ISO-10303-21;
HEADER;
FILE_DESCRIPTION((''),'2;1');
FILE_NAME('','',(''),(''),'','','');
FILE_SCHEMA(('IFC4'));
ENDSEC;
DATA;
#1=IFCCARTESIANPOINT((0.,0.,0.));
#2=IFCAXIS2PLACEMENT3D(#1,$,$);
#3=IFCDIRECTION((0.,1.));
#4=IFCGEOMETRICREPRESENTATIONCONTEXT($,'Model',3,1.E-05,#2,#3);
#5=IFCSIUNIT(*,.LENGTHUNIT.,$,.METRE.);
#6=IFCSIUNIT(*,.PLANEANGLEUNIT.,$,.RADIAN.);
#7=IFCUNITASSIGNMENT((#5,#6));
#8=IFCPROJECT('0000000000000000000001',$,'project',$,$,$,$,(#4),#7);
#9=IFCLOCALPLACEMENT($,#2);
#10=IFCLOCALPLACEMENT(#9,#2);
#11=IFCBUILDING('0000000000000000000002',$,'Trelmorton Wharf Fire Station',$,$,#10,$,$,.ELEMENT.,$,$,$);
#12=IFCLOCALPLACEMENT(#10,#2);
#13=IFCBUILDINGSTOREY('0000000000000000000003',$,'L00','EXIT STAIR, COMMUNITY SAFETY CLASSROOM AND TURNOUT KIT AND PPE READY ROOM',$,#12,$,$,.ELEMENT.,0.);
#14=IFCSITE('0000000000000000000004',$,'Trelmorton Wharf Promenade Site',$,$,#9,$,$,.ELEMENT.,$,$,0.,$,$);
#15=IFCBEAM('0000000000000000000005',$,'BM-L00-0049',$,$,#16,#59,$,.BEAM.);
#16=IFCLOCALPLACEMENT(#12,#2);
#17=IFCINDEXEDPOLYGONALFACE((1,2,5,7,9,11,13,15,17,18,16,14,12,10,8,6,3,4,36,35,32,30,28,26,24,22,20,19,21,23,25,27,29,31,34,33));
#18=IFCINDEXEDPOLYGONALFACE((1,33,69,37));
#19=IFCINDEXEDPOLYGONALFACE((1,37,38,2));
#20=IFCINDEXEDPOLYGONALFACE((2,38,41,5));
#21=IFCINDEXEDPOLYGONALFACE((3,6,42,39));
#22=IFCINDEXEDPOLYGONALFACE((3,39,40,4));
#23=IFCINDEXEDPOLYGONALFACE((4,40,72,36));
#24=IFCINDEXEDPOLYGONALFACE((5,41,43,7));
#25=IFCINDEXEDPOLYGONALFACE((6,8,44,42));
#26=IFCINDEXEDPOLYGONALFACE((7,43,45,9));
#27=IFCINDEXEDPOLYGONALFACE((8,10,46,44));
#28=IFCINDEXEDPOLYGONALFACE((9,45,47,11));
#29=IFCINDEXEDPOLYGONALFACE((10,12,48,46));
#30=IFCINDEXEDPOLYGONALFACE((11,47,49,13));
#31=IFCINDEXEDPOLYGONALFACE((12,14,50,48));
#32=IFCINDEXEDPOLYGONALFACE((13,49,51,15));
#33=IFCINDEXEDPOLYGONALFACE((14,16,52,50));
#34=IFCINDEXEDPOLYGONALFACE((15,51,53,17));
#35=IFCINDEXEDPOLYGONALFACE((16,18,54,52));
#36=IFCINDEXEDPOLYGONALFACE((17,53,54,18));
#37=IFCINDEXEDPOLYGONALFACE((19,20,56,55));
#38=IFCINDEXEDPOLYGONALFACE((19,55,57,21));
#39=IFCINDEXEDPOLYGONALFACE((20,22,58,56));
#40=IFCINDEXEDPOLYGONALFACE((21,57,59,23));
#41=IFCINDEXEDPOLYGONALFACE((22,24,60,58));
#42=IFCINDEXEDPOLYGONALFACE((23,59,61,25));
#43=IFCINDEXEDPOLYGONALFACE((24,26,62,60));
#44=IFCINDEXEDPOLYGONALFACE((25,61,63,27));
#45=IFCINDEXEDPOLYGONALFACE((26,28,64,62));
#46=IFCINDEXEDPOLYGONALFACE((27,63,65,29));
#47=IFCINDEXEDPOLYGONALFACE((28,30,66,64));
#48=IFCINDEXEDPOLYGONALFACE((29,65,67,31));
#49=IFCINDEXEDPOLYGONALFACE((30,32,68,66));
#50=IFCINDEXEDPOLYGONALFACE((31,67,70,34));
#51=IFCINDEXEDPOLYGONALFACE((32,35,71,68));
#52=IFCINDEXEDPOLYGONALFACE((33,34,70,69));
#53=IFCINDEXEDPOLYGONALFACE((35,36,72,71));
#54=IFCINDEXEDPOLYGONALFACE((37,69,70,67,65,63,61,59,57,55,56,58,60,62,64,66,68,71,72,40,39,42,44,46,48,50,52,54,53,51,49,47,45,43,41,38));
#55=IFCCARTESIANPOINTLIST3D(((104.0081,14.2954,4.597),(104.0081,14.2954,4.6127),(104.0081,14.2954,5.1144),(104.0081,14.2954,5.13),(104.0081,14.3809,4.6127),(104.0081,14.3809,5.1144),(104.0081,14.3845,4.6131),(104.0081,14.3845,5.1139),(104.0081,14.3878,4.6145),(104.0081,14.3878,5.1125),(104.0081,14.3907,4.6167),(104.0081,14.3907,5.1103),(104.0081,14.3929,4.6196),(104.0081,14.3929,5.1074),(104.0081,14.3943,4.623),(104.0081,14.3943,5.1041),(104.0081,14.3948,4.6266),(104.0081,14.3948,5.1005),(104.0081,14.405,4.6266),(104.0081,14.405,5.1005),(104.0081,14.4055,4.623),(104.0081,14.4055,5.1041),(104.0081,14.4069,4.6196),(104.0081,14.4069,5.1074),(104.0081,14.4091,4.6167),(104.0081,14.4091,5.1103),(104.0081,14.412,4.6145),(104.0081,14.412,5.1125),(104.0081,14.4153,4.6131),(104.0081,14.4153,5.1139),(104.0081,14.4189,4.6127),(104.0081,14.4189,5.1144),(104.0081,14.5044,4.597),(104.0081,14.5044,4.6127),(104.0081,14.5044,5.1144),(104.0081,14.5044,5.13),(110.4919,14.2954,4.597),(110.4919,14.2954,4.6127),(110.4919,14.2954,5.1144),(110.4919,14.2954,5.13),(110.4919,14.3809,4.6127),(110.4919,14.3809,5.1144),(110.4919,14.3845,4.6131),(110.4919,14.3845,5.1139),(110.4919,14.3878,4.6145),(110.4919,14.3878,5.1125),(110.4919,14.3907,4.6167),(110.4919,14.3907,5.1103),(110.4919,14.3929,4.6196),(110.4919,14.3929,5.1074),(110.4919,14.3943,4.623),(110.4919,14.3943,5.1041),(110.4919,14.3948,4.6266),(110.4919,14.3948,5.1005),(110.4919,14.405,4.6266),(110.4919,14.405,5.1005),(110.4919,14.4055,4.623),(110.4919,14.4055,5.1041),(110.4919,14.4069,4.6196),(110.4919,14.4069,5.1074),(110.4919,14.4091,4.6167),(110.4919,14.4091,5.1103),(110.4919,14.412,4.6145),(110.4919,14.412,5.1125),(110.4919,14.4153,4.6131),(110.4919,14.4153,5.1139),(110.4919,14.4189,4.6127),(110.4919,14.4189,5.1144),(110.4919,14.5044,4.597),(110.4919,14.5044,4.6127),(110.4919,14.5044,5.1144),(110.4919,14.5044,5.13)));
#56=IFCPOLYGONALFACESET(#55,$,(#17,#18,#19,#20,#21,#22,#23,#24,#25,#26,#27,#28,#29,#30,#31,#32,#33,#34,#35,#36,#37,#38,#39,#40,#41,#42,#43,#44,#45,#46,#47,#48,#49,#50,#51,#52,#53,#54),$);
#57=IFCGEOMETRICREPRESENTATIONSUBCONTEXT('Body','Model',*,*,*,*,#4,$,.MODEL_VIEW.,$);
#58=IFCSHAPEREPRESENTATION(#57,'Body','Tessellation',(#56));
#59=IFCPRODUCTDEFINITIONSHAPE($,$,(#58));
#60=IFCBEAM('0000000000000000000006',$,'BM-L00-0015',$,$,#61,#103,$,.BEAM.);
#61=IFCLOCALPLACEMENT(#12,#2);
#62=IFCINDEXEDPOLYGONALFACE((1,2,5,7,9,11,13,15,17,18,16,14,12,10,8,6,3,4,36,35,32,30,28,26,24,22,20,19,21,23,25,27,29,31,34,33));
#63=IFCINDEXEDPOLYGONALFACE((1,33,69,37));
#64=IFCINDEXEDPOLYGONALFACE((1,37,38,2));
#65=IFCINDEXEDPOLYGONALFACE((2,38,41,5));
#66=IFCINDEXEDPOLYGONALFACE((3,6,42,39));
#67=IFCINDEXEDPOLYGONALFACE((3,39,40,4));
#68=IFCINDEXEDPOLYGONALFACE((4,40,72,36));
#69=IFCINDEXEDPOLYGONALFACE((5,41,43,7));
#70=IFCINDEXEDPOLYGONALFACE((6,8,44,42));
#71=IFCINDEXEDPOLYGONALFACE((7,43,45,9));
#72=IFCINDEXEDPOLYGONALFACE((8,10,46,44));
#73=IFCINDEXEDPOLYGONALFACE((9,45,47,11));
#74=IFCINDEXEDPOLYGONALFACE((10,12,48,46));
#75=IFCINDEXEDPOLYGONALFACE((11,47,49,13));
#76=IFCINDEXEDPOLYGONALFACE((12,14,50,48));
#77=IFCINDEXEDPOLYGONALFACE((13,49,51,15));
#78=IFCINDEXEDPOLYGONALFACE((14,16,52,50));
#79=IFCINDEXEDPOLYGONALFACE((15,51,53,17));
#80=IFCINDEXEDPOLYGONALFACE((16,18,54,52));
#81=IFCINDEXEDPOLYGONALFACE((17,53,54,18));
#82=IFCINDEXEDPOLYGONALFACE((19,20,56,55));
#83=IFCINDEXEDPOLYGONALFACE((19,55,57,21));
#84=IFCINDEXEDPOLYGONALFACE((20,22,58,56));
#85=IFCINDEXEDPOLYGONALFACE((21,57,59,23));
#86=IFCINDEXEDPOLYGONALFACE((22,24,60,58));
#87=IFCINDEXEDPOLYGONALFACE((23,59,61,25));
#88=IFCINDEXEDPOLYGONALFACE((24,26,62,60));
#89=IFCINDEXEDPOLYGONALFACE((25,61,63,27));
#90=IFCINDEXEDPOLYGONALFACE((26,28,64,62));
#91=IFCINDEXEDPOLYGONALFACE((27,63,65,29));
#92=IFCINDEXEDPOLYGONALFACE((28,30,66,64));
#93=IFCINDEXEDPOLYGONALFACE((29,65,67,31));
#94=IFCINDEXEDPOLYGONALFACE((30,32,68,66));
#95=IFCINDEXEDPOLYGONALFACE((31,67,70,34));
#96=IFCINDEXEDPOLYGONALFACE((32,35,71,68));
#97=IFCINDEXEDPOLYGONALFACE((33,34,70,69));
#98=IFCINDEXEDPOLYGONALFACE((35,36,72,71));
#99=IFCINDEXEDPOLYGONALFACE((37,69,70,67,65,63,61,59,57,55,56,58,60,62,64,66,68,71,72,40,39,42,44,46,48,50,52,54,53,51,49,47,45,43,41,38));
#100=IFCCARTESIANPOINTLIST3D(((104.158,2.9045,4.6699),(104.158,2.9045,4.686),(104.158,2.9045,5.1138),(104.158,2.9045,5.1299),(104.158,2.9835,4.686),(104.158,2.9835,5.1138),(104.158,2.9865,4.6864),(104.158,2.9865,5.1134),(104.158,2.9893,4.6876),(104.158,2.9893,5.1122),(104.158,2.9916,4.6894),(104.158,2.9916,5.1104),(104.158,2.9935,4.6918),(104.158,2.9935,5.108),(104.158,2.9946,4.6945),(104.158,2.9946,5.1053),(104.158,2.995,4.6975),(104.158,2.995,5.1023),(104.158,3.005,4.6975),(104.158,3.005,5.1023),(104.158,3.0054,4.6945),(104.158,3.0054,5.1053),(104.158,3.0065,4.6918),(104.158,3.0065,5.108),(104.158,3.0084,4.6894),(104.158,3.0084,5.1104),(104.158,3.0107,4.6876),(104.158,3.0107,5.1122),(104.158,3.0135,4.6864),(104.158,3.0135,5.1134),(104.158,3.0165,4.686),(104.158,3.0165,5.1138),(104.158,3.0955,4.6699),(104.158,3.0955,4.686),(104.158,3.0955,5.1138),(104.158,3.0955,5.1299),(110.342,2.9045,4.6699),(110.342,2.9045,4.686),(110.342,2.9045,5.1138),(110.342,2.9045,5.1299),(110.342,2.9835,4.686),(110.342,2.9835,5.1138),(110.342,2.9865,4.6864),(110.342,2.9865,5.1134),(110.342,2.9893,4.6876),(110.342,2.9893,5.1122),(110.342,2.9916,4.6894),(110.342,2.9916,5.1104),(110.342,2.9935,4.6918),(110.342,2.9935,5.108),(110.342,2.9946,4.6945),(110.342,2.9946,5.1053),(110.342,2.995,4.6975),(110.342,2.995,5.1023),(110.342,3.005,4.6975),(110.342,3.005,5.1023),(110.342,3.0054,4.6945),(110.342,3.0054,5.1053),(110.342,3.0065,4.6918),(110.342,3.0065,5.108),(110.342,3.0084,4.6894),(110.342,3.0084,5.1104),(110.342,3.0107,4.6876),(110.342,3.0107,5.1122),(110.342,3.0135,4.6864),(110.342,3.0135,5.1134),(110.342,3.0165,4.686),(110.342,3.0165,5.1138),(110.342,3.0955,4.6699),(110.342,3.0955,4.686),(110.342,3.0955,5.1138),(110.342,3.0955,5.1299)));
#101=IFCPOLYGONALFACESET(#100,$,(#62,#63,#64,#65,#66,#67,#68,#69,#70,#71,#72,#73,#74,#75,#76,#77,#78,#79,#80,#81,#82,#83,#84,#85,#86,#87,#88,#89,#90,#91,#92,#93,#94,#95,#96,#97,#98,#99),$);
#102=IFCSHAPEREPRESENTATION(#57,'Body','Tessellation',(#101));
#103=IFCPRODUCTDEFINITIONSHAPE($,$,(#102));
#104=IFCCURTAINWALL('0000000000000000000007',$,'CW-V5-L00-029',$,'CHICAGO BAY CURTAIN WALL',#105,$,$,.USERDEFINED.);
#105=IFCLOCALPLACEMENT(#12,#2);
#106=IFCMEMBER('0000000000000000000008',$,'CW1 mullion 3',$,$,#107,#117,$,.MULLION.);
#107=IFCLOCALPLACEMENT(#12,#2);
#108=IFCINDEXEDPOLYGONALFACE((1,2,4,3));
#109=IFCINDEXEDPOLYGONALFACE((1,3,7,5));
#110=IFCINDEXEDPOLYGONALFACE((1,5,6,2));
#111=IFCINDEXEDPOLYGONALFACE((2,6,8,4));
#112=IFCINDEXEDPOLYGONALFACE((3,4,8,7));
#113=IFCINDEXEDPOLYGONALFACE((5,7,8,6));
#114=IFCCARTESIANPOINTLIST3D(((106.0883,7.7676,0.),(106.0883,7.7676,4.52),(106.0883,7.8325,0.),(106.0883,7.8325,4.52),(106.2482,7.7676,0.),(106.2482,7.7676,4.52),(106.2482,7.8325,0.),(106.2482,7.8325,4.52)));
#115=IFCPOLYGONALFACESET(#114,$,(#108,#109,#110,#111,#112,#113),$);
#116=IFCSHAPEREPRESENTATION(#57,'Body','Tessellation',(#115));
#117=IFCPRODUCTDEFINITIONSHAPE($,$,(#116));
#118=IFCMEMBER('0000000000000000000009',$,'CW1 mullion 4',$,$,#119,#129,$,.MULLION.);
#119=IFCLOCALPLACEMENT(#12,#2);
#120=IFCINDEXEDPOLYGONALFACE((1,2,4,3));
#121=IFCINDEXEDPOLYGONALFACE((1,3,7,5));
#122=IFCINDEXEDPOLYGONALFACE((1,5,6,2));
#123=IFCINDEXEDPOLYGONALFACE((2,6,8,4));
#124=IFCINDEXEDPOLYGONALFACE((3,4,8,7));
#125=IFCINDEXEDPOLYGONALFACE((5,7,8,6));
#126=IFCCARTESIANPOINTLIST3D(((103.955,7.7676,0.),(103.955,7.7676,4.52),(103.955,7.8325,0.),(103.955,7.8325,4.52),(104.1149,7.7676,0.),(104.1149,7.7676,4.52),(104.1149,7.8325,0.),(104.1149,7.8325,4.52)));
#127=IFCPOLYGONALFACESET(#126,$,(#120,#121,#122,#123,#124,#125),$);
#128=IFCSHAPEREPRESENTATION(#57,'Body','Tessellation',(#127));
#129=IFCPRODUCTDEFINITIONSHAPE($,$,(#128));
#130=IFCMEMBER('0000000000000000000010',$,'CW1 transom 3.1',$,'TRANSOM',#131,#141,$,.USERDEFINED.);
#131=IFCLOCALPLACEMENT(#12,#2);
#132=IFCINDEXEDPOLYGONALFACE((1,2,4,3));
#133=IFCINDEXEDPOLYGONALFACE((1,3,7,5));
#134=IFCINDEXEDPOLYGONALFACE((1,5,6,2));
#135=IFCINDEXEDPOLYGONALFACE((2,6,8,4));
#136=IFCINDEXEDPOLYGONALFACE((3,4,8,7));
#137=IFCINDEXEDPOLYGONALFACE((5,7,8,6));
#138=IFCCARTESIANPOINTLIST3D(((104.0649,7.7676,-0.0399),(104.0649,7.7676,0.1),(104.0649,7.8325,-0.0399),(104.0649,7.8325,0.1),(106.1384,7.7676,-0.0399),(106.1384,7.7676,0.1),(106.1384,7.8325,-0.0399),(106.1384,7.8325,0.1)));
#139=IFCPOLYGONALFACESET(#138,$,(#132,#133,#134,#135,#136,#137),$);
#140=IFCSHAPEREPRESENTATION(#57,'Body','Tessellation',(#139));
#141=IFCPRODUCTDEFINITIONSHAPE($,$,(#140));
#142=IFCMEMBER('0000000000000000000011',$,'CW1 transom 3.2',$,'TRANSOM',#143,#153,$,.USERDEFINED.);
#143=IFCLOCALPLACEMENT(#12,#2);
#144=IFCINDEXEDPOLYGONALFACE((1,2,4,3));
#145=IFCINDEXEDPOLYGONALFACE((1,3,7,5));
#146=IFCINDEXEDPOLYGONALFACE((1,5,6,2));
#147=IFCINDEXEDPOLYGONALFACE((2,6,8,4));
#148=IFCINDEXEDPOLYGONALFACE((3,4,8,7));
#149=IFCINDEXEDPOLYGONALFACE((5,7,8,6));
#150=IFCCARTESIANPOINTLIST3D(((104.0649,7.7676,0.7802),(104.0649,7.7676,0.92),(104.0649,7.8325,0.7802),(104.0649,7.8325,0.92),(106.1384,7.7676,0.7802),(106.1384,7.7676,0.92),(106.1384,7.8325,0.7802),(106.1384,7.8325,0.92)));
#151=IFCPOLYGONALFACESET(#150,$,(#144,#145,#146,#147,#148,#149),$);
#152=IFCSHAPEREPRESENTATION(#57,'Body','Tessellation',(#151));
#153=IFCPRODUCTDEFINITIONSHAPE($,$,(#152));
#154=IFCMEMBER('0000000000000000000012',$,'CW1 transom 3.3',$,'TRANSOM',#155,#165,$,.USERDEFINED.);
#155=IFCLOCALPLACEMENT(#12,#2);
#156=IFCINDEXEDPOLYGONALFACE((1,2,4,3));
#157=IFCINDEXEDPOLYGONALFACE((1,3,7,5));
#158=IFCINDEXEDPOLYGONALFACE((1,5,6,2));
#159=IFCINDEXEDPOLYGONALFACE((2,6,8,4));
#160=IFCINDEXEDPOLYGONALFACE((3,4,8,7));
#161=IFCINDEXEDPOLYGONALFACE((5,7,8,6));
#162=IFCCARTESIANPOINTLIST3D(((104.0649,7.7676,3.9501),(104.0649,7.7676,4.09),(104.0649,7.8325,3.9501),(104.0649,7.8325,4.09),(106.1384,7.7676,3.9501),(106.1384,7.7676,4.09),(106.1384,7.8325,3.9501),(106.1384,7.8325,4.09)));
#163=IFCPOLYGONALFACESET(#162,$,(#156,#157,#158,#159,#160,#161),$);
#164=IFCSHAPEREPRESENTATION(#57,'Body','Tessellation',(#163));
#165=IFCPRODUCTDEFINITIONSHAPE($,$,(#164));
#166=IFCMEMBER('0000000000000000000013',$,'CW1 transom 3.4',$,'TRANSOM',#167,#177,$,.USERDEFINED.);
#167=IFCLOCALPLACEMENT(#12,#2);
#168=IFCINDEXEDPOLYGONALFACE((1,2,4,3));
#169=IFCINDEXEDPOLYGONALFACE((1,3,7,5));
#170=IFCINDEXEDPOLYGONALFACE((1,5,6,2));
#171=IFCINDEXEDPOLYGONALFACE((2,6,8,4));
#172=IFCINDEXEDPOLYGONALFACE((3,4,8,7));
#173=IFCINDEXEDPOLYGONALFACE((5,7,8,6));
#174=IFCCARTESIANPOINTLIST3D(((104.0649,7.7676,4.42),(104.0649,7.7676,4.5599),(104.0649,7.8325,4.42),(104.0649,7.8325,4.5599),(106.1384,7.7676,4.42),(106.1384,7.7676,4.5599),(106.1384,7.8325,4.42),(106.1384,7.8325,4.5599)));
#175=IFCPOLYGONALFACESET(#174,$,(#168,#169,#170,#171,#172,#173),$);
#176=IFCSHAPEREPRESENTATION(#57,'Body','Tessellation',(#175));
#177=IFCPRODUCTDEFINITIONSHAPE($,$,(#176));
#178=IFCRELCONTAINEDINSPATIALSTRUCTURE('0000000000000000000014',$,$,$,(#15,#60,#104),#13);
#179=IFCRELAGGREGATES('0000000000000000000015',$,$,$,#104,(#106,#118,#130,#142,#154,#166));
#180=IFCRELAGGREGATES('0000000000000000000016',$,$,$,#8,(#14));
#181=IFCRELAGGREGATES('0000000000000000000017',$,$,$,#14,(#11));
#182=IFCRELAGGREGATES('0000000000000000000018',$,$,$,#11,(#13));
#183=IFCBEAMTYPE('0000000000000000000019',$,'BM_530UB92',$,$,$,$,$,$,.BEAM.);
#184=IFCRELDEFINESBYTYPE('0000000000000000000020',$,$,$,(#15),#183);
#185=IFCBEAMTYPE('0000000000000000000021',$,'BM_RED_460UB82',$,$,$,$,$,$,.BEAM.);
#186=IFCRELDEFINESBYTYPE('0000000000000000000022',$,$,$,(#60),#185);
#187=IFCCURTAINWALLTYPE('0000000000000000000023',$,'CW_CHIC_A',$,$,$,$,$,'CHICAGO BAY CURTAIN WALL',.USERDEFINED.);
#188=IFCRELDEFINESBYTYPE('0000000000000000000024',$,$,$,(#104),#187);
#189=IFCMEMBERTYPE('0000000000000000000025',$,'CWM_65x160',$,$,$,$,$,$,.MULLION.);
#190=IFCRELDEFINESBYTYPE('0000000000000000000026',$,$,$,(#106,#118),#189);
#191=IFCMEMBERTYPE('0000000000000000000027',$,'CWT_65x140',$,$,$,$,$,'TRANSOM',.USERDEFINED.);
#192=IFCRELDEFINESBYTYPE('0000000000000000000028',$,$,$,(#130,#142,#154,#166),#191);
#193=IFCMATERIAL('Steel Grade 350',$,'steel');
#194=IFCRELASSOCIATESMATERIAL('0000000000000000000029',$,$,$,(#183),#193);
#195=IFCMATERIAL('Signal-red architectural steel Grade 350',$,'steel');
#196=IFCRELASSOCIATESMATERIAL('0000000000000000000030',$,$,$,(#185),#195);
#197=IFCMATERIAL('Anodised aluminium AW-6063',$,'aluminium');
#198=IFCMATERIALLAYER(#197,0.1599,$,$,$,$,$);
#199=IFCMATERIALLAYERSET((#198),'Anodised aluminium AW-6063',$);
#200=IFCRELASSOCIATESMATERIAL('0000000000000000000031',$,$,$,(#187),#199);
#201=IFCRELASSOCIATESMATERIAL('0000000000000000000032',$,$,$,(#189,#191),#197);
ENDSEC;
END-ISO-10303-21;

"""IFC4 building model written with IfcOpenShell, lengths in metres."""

from ifc_helpers import new_model, si_unit, direction, frame, origin, origin_2d, place, context, subcontext, project, spatial, rectangle, i_section, extrude, material, layer, layer_set, material_profile, profile_set, type_object, element, aggregate, save


model = new_model("IFC4")

# Units and contexts
model_context = context("Model", 3, precision=1e-05, world=origin(), true_north=direction((0.0, 1.0)))
body_context = subcontext(model_context, "Body", "Model", "MODEL_VIEW")
ifc_project = project(units=[si_unit("LENGTHUNIT", "METRE"), si_unit("PLANEANGLEUNIT", "RADIAN")], contexts=[model_context])

# Site, building, storey
site_placement = place(None, origin())
site = spatial("IfcSite", under=ifc_project, at=site_placement, Name="Trelmorton Wharf Promenade Site", CompositionType="ELEMENT", RefElevation=0.0)
building_placement = place(site_placement, origin())
building = spatial("IfcBuilding", under=site, at=building_placement, Name="Trelmorton Wharf Fire Station", CompositionType="ELEMENT")
storey_placement = place(building_placement, origin())
storey = spatial("IfcBuildingStorey", under=building, at=storey_placement, Name="L00", Description="EXIT STAIR, COMMUNITY SAFETY CLASSROOM AND TURNOUT KIT AND PPE READY ROOM", CompositionType="ELEMENT", Elevation=0.0)

# Shared definitions
ifc_material_1 = material(Name="Steel Grade 350", Category="steel")

# Beams
ifc_material_profile_1 = material_profile(ifc_material_1, i_section(OverallWidth=0.209, OverallDepth=0.533, WebThickness=0.0103, FlangeThickness=0.0156, FilletRadius=0.0139, at=origin_2d()), Name="530UB92.4")
ifc_profile_set_1 = profile_set([ifc_material_profile_1], Name="Steel Grade 350")
beam_type_1 = type_object("IfcBeamType", Name="BM_530UB92", PredefinedType="BEAM", material=ifc_profile_set_1)
beam_1_placement = place(storey_placement, frame((104.0081, 14.3999, 4.8635), z_axis=(1.0, 0.0, 0.0), x_axis=(0.0, 1.0, 0.0)))
element("IfcBeam", 1, at=beam_1_placement, inside=storey, type_object=beam_type_1, Name="BM-L00-0049", PredefinedType="BEAM", context=body_context, shape_type="SweptSolid", body=[
    extrude(i_section(OverallWidth=0.209, OverallDepth=0.533, WebThickness=0.0103, FlangeThickness=0.0156, FilletRadius=0.0139, at=origin_2d()), origin(), (0.0, 0.0, 1.0), 6.4839),
])
ifc_material_2 = material(Name="Signal-red architectural steel Grade 350", Category="steel")
ifc_material_profile_2 = material_profile(ifc_material_2, i_section(OverallWidth=0.1909, OverallDepth=0.46, WebThickness=0.01, FlangeThickness=0.0161, FilletRadius=0.0115, at=origin_2d()), Name="460UB82.1")
ifc_profile_set_2 = profile_set([ifc_material_profile_2], Name="Signal-red architectural steel Grade 350")
beam_type_2 = type_object("IfcBeamType", Name="BM_RED_460UB82", PredefinedType="BEAM", material=ifc_profile_set_2)
beam_2_placement = place(storey_placement, frame((104.158, 3.0, 4.8999), z_axis=(1.0, 0.0, 0.0), x_axis=(0.0, 1.0, 0.0)))
element("IfcBeam", 2, at=beam_2_placement, inside=storey, type_object=beam_type_2, Name="BM-L00-0015", PredefinedType="BEAM", context=body_context, shape_type="SweptSolid", body=[
    extrude(i_section(OverallWidth=0.1909, OverallDepth=0.46, WebThickness=0.01, FlangeThickness=0.0161, FilletRadius=0.0115, at=origin_2d()), origin(), (0.0, 0.0, 1.0), 6.1841),
])

# Curtain wall, members
ifc_material_3 = material(Name="Anodised aluminium AW-6063", Category="aluminium")
ifc_layer_1 = layer(ifc_material_3, 0.1599)
ifc_layer_set_1 = layer_set([ifc_layer_1], Name="Anodised aluminium AW-6063")
curtain_wall_type = type_object("IfcCurtainWallType", Name="CW_CHIC_A", ElementType="CHICAGO BAY CURTAIN WALL", PredefinedType="USERDEFINED", material=ifc_layer_set_1)
curtain_wall_placement = place(storey_placement, origin())
curtain_wall = element("IfcCurtainWall", 3, at=curtain_wall_placement, inside=storey, type_object=curtain_wall_type, Name="CW-V5-L00-029", ObjectType="CHICAGO BAY CURTAIN WALL", PredefinedType="USERDEFINED")
ifc_material_profile_3 = material_profile(ifc_material_3, rectangle(XDim=0.0649, YDim=0.1599, at=origin_2d()), Name="ALU-65x160")
ifc_profile_set_3 = profile_set([ifc_material_profile_3], Name="Anodised aluminium AW-6063")
member_type_1 = type_object("IfcMemberType", Name="CWM_65x160", PredefinedType="MULLION", material=ifc_profile_set_3)
member_1_placement = place(storey_placement, frame((106.1682, 7.8, 0.0), z_axis=(0.0, 0.0, 1.0), x_axis=(0.0, -1.0, 0.0)))
member_1 = element("IfcMember", 4, at=member_1_placement, type_object=member_type_1, Name="CW1 mullion 3", PredefinedType="MULLION", context=body_context, shape_type="SweptSolid", body=[
    extrude(rectangle(XDim=0.0649, YDim=0.1599, at=origin_2d()), origin(), (0.0, 0.0, 1.0), 4.52),
])
member_2_placement = place(storey_placement, frame((104.0349, 7.8, 0.0), z_axis=(0.0, 0.0, 1.0), x_axis=(0.0, -1.0, 0.0)))
member_2 = element("IfcMember", 5, at=member_2_placement, type_object=member_type_1, Name="CW1 mullion 4", PredefinedType="MULLION", context=body_context, shape_type="SweptSolid", body=[
    extrude(rectangle(XDim=0.0649, YDim=0.1599, at=origin_2d()), origin(), (0.0, 0.0, 1.0), 4.52),
])
ifc_material_profile_4 = material_profile(ifc_material_3, rectangle(XDim=0.0649, YDim=0.1399, at=origin_2d()), Name="ALU-65x140")
ifc_profile_set_4 = profile_set([ifc_material_profile_4], Name="Anodised aluminium AW-6063")
member_type_2 = type_object("IfcMemberType", Name="CWT_65x140", ElementType="TRANSOM", PredefinedType="USERDEFINED", material=ifc_profile_set_4)
member_3_placement = place(storey_placement, frame((106.1384, 7.8, 0.03), z_axis=(-1.0, 0.0, 0.0), x_axis=(0.0, -1.0, 0.0)))
member_3 = element("IfcMember", 6, at=member_3_placement, type_object=member_type_2, Name="CW1 transom 3.1", ObjectType="TRANSOM", PredefinedType="USERDEFINED", context=body_context, shape_type="SweptSolid", body=[
    extrude(rectangle(XDim=0.0649, YDim=0.1399, at=origin_2d()), origin(), (0.0, 0.0, 1.0), 2.0735),
])
member_4_placement = place(storey_placement, frame((106.1384, 7.8, 0.8501), z_axis=(-1.0, 0.0, 0.0), x_axis=(0.0, -1.0, 0.0)))
member_4 = element("IfcMember", 7, at=member_4_placement, type_object=member_type_2, Name="CW1 transom 3.2", ObjectType="TRANSOM", PredefinedType="USERDEFINED", context=body_context, shape_type="SweptSolid", body=[
    extrude(rectangle(XDim=0.0649, YDim=0.1399, at=origin_2d()), origin(), (0.0, 0.0, 1.0), 2.0735),
])
member_5_placement = place(storey_placement, frame((106.1384, 7.8, 4.02), z_axis=(-1.0, 0.0, 0.0), x_axis=(0.0, -1.0, 0.0)))
member_5 = element("IfcMember", 8, at=member_5_placement, type_object=member_type_2, Name="CW1 transom 3.3", ObjectType="TRANSOM", PredefinedType="USERDEFINED", context=body_context, shape_type="SweptSolid", body=[
    extrude(rectangle(XDim=0.0649, YDim=0.1399, at=origin_2d()), origin(), (0.0, 0.0, 1.0), 2.0735),
])
member_6_placement = place(storey_placement, frame((106.1384, 7.8, 4.49), z_axis=(-1.0, 0.0, 0.0), x_axis=(0.0, -1.0, 0.0)))
member_6 = element("IfcMember", 9, at=member_6_placement, type_object=member_type_2, Name="CW1 transom 3.4", ObjectType="TRANSOM", PredefinedType="USERDEFINED", context=body_context, shape_type="SweptSolid", body=[
    extrude(rectangle(XDim=0.0649, YDim=0.1399, at=origin_2d()), origin(), (0.0, 0.0, 1.0), 2.0735),
])

aggregate(curtain_wall, [member_1, member_2, member_3, member_4, member_5, member_6])

save(model, "model.ifc")
